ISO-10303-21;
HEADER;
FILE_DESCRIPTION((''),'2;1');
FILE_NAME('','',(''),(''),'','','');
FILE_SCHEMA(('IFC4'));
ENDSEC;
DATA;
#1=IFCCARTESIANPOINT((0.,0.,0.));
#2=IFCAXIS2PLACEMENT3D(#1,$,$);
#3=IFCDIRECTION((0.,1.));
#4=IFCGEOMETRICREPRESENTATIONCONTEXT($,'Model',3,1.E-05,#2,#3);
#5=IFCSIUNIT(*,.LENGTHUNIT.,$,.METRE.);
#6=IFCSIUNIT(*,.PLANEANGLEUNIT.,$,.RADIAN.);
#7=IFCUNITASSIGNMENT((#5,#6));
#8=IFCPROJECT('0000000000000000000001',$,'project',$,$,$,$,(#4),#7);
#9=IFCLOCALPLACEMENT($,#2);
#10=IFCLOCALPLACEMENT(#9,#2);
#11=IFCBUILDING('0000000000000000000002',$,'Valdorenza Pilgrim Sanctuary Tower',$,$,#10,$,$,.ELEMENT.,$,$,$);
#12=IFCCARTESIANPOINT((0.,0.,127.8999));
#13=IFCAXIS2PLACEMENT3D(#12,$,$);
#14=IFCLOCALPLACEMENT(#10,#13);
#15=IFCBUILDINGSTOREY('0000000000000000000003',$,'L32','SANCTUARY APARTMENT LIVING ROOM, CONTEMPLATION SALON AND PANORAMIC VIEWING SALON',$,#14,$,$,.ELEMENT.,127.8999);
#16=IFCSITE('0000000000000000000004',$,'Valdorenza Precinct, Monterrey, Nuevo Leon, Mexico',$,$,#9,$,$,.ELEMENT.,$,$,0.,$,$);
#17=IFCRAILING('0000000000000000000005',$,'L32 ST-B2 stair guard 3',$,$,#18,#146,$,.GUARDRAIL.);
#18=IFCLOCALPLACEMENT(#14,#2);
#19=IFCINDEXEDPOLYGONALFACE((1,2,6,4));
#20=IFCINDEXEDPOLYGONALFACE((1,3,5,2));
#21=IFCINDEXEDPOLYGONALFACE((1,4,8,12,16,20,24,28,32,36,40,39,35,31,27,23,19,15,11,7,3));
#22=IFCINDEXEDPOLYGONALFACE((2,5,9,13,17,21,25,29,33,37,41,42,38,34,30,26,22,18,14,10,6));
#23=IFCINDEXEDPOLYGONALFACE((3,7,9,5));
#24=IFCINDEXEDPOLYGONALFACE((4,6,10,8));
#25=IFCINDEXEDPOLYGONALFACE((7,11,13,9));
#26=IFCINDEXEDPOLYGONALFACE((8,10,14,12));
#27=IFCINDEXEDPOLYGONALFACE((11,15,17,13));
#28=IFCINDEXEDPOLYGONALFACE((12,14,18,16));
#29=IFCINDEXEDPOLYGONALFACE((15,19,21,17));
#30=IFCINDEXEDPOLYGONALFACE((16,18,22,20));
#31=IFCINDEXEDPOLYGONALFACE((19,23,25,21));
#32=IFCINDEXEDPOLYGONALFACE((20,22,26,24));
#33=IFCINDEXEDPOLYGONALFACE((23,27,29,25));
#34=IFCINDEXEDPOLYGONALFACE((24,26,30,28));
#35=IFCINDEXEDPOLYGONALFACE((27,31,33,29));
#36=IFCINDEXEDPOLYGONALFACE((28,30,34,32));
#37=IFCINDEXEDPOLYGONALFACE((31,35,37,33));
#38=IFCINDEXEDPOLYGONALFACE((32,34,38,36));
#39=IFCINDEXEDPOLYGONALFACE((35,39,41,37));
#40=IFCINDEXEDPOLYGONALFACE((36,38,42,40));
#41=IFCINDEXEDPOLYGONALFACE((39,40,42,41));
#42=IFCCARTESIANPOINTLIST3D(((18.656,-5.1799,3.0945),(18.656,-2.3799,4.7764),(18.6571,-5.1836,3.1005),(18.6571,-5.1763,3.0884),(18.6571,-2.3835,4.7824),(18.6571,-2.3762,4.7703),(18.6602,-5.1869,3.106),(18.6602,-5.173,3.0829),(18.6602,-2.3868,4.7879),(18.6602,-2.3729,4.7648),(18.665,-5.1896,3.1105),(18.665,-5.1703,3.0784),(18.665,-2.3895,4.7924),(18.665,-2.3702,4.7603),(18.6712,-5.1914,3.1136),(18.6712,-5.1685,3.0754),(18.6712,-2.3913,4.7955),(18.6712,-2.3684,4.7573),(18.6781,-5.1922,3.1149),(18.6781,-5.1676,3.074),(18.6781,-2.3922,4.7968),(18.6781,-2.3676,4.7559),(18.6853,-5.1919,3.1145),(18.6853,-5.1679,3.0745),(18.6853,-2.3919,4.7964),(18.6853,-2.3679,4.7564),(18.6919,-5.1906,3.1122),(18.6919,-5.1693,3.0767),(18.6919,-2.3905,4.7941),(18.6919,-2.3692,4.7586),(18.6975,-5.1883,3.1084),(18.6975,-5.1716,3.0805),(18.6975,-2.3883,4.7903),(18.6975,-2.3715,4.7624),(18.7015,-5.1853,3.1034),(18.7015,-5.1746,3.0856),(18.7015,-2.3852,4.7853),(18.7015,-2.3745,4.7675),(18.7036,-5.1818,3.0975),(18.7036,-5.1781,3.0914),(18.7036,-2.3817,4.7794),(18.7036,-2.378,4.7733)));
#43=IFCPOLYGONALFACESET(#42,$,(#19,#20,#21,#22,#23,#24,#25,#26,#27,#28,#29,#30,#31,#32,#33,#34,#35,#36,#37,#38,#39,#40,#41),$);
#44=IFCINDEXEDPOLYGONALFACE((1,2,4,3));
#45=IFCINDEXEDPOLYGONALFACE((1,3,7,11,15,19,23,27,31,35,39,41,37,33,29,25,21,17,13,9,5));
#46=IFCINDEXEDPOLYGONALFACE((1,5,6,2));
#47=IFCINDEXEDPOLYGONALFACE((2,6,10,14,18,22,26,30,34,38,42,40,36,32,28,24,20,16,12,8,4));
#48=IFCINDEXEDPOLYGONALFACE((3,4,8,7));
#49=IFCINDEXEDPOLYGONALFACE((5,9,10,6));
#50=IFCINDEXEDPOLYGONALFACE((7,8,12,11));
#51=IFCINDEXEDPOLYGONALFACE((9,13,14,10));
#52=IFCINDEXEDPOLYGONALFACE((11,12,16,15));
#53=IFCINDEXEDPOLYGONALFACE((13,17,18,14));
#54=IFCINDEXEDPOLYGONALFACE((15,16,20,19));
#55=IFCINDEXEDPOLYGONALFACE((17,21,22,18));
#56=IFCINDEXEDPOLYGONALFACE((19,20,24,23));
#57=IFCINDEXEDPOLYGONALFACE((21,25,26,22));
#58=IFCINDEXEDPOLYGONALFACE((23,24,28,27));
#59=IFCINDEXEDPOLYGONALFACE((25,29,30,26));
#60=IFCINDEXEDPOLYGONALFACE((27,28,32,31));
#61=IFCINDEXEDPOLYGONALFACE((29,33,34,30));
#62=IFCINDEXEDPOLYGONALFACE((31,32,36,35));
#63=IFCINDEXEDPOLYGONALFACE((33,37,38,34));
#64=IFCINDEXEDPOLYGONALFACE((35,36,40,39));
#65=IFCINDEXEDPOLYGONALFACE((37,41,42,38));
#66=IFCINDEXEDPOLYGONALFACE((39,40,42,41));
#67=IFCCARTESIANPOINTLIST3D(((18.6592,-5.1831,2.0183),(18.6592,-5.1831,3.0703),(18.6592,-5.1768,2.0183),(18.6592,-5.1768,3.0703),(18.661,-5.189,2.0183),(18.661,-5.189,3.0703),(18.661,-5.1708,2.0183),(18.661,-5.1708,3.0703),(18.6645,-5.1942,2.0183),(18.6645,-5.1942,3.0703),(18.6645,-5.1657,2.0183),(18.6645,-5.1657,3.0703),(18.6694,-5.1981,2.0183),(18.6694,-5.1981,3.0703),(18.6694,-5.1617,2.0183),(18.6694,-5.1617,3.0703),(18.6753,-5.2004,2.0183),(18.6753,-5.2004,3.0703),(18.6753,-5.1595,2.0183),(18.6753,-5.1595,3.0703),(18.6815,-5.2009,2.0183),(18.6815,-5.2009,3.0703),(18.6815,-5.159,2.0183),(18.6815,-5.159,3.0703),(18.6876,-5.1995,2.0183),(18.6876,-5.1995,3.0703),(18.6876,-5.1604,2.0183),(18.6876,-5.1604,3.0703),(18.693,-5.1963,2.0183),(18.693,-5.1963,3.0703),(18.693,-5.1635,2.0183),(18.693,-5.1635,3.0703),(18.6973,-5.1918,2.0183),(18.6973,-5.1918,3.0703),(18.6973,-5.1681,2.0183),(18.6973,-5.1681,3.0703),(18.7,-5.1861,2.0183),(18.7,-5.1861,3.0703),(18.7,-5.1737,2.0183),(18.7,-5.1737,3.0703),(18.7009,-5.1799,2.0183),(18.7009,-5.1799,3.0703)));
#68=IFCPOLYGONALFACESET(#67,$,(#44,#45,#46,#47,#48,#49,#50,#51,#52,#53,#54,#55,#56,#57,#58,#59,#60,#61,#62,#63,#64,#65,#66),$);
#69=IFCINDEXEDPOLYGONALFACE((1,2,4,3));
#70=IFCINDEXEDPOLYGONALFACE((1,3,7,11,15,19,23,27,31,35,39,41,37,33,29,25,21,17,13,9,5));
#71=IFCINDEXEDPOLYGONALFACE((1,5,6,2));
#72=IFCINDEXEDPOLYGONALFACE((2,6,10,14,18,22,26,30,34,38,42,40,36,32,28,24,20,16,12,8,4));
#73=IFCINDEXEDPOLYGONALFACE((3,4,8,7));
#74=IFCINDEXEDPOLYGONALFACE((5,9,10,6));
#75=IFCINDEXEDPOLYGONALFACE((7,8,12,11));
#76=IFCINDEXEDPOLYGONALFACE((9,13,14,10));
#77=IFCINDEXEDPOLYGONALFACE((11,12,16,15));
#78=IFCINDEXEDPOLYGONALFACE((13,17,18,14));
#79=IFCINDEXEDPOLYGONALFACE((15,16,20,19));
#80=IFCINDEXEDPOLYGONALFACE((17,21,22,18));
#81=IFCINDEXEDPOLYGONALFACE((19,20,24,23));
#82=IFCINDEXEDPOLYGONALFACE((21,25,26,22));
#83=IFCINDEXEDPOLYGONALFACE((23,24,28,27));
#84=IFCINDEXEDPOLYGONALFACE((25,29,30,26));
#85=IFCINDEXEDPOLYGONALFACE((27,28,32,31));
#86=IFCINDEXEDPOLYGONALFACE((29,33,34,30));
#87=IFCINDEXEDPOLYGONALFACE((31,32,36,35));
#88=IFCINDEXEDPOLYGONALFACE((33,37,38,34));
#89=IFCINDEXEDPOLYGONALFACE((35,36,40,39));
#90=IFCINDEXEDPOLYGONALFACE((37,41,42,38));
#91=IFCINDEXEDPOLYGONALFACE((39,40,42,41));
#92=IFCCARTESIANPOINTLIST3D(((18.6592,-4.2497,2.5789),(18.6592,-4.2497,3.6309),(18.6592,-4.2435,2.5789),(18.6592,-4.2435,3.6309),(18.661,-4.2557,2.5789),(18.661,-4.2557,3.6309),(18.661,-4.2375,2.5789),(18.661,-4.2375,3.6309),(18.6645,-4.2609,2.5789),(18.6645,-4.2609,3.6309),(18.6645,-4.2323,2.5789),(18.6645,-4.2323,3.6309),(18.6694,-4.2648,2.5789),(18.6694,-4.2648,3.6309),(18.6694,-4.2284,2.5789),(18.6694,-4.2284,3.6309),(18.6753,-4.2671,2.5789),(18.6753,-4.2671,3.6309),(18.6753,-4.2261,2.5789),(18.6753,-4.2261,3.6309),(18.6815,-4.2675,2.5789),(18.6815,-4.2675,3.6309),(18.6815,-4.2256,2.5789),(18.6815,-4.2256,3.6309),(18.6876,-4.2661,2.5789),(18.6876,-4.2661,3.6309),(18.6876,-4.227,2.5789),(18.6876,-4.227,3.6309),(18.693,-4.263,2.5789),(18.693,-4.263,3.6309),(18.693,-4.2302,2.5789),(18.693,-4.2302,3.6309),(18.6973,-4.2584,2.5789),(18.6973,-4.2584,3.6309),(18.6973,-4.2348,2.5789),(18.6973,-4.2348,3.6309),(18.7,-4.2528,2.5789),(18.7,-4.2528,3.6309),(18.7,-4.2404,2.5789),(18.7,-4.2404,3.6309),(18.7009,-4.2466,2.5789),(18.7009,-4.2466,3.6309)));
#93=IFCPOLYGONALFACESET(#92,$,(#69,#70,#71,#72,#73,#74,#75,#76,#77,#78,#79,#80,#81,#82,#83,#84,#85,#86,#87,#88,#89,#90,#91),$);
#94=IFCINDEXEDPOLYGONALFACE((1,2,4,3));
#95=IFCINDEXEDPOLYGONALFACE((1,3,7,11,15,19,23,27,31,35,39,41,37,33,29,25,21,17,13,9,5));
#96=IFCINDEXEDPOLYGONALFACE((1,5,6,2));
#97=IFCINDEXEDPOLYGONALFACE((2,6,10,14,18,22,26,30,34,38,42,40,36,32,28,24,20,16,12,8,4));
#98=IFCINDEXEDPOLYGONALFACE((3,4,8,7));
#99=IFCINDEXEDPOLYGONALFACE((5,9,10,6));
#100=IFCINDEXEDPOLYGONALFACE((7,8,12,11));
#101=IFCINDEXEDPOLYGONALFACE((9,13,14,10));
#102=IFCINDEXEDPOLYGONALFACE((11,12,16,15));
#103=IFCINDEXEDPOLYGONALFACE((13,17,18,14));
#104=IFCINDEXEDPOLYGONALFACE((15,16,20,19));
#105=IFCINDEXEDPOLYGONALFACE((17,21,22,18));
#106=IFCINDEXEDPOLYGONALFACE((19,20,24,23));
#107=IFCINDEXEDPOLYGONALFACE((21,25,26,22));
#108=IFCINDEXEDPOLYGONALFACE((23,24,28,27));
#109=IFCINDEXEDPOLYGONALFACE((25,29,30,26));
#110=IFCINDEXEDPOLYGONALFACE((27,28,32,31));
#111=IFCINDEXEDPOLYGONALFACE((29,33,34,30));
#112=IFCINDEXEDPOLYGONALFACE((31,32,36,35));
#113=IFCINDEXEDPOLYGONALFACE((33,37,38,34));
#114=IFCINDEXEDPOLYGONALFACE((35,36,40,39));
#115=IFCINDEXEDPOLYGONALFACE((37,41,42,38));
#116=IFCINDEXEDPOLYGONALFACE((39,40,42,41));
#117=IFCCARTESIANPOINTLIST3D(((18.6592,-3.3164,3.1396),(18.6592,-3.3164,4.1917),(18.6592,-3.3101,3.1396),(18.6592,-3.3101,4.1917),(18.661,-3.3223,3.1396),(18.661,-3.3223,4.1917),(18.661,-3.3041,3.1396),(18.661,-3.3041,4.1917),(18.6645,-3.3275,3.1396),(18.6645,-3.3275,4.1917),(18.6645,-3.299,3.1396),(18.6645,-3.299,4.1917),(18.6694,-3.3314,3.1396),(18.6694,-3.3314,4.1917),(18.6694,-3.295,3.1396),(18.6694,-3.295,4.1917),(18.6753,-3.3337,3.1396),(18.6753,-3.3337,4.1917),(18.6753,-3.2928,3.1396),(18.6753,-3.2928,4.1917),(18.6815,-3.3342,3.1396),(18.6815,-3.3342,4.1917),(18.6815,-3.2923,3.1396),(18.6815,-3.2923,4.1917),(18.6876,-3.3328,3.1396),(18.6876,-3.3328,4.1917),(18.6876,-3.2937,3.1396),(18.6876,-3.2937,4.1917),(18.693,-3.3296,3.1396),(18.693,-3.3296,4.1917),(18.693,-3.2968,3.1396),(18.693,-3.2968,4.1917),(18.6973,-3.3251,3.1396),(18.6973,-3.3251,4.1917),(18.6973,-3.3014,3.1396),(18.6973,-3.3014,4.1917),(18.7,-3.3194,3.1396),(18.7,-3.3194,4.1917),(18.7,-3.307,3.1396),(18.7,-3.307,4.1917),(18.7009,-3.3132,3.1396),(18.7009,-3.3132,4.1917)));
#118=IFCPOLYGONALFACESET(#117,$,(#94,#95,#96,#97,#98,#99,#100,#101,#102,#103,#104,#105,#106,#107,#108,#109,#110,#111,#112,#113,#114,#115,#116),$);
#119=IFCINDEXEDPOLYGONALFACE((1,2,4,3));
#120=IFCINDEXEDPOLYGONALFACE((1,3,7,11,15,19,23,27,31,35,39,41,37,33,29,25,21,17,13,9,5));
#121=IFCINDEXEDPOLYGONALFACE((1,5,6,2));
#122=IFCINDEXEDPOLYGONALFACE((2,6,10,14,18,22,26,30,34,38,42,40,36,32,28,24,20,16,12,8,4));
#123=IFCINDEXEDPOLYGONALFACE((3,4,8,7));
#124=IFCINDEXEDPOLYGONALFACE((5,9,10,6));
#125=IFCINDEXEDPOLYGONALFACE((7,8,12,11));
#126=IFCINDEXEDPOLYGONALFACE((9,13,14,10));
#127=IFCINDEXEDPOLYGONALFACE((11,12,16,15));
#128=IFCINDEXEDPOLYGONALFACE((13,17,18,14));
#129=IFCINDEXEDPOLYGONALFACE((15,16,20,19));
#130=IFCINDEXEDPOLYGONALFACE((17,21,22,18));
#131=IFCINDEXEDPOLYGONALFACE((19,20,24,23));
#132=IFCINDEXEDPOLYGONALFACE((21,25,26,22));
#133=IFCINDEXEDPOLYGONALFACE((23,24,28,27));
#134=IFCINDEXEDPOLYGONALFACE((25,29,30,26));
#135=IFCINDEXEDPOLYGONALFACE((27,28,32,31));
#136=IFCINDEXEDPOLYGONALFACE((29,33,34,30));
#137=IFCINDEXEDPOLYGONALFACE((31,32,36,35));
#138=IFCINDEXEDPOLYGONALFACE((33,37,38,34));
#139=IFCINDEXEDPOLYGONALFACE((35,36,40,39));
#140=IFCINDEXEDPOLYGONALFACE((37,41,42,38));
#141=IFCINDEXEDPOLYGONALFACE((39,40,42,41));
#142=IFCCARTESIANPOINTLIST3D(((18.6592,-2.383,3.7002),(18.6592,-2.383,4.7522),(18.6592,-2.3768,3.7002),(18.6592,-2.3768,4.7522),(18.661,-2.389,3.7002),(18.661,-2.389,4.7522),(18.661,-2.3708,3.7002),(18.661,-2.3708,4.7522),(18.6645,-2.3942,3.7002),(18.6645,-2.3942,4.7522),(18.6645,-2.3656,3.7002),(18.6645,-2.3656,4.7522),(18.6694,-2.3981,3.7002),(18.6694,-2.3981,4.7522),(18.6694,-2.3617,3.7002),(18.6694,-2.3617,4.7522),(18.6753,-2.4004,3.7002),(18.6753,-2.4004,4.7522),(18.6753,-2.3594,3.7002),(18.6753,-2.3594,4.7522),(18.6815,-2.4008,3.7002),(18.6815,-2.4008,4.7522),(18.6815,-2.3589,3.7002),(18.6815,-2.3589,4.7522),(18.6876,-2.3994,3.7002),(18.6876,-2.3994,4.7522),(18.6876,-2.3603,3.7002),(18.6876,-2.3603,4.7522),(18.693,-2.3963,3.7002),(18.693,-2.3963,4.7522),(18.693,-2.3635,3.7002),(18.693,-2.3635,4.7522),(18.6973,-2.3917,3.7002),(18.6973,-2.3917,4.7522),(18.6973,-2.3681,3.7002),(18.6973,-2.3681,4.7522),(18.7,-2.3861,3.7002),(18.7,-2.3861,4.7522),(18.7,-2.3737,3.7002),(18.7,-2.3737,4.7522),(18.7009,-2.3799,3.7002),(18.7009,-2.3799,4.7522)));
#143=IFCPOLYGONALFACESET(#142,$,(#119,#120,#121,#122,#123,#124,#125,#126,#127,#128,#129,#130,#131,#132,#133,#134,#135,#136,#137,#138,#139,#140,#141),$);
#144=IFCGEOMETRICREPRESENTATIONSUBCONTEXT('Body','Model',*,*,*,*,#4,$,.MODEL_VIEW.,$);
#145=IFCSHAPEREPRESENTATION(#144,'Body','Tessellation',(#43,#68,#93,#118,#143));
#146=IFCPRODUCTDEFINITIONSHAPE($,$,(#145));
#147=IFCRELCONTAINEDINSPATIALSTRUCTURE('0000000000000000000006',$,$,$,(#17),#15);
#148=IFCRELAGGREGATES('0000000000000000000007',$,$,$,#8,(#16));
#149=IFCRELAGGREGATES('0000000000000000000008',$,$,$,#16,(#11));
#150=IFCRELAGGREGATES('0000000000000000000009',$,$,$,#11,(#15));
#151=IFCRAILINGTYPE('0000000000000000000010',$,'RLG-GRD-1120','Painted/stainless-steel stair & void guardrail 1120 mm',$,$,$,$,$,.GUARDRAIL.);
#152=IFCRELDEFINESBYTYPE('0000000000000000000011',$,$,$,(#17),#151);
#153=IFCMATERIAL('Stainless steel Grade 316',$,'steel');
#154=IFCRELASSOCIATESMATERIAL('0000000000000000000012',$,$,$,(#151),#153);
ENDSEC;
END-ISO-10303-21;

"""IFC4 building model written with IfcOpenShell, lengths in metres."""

from ifc_helpers import new_model, si_unit, direction, frame, origin, origin_2d, place, context, subcontext, project, spatial, circle, extrude, material, type_object, element, save


model = new_model("IFC4")

# Units and contexts
model_context = context("Model", 3, precision=1e-05, world=origin(), true_north=direction((0.0, 1.0)))
body_context = subcontext(model_context, "Body", "Model", "MODEL_VIEW")
ifc_project = project(units=[si_unit("LENGTHUNIT", "METRE"), si_unit("PLANEANGLEUNIT", "RADIAN")], contexts=[model_context])

# Site, building, storey
site_placement = place(None, origin())
site = spatial("IfcSite", under=ifc_project, at=site_placement, Name="Valdorenza Precinct, Monterrey, Nuevo Leon, Mexico", CompositionType="ELEMENT", RefElevation=0.0)
building_placement = place(site_placement, origin())
building = spatial("IfcBuilding", under=site, at=building_placement, Name="Valdorenza Pilgrim Sanctuary Tower", CompositionType="ELEMENT")
storey_placement = place(building_placement, frame((0.0, 0.0, 127.8999)))
storey = spatial("IfcBuildingStorey", under=building, at=storey_placement, Name="L32", Description="SANCTUARY APARTMENT LIVING ROOM, CONTEMPLATION SALON AND PANORAMIC VIEWING SALON", CompositionType="ELEMENT", Elevation=127.8999)

# Railing
ifc_material_1 = material(Name="Stainless steel Grade 316", Category="steel")
railing_type_1 = type_object("IfcRailingType", Name="RLG-GRD-1120", Description="Painted/stainless-steel stair & void guardrail 1120 mm", PredefinedType="GUARDRAIL", material=ifc_material_1)
railing_1_placement = place(storey_placement, frame((18.6799, -5.1799, 2.0183)))
element("IfcRailing", 1, at=railing_1_placement, inside=storey, type_object=railing_type_1, Name="L32 ST-B2 stair guard 3", PredefinedType="GUARDRAIL", context=body_context, shape_type="SweptSolid", body=[
    extrude(circle(Radius=0.0239, at=origin_2d()), frame((0.0, 0.0, 1.0762), z_axis=(0.0, 0.857242, 0.514913), x_axis=(-1.0, 0.0, 0.0)), (0.0, 0.0, 1.0), 3.2664),
    extrude(circle(Radius=0.021, at=origin_2d()), origin(), (0.0, 0.0, 1.0), 1.052),
    extrude(circle(Radius=0.021, at=origin_2d()), frame((0.0, 0.9333, 0.5605)), (0.0, 0.0, 1.0), 1.052),
    extrude(circle(Radius=0.021, at=origin_2d()), frame((0.0, 1.8667, 1.1213)), (0.0, 0.0, 1.0), 1.052),
    extrude(circle(Radius=0.021, at=origin_2d()), frame((0.0, 2.8, 1.6819)), (0.0, 0.0, 1.0), 1.052),
])

save(model, "model.ifc")
